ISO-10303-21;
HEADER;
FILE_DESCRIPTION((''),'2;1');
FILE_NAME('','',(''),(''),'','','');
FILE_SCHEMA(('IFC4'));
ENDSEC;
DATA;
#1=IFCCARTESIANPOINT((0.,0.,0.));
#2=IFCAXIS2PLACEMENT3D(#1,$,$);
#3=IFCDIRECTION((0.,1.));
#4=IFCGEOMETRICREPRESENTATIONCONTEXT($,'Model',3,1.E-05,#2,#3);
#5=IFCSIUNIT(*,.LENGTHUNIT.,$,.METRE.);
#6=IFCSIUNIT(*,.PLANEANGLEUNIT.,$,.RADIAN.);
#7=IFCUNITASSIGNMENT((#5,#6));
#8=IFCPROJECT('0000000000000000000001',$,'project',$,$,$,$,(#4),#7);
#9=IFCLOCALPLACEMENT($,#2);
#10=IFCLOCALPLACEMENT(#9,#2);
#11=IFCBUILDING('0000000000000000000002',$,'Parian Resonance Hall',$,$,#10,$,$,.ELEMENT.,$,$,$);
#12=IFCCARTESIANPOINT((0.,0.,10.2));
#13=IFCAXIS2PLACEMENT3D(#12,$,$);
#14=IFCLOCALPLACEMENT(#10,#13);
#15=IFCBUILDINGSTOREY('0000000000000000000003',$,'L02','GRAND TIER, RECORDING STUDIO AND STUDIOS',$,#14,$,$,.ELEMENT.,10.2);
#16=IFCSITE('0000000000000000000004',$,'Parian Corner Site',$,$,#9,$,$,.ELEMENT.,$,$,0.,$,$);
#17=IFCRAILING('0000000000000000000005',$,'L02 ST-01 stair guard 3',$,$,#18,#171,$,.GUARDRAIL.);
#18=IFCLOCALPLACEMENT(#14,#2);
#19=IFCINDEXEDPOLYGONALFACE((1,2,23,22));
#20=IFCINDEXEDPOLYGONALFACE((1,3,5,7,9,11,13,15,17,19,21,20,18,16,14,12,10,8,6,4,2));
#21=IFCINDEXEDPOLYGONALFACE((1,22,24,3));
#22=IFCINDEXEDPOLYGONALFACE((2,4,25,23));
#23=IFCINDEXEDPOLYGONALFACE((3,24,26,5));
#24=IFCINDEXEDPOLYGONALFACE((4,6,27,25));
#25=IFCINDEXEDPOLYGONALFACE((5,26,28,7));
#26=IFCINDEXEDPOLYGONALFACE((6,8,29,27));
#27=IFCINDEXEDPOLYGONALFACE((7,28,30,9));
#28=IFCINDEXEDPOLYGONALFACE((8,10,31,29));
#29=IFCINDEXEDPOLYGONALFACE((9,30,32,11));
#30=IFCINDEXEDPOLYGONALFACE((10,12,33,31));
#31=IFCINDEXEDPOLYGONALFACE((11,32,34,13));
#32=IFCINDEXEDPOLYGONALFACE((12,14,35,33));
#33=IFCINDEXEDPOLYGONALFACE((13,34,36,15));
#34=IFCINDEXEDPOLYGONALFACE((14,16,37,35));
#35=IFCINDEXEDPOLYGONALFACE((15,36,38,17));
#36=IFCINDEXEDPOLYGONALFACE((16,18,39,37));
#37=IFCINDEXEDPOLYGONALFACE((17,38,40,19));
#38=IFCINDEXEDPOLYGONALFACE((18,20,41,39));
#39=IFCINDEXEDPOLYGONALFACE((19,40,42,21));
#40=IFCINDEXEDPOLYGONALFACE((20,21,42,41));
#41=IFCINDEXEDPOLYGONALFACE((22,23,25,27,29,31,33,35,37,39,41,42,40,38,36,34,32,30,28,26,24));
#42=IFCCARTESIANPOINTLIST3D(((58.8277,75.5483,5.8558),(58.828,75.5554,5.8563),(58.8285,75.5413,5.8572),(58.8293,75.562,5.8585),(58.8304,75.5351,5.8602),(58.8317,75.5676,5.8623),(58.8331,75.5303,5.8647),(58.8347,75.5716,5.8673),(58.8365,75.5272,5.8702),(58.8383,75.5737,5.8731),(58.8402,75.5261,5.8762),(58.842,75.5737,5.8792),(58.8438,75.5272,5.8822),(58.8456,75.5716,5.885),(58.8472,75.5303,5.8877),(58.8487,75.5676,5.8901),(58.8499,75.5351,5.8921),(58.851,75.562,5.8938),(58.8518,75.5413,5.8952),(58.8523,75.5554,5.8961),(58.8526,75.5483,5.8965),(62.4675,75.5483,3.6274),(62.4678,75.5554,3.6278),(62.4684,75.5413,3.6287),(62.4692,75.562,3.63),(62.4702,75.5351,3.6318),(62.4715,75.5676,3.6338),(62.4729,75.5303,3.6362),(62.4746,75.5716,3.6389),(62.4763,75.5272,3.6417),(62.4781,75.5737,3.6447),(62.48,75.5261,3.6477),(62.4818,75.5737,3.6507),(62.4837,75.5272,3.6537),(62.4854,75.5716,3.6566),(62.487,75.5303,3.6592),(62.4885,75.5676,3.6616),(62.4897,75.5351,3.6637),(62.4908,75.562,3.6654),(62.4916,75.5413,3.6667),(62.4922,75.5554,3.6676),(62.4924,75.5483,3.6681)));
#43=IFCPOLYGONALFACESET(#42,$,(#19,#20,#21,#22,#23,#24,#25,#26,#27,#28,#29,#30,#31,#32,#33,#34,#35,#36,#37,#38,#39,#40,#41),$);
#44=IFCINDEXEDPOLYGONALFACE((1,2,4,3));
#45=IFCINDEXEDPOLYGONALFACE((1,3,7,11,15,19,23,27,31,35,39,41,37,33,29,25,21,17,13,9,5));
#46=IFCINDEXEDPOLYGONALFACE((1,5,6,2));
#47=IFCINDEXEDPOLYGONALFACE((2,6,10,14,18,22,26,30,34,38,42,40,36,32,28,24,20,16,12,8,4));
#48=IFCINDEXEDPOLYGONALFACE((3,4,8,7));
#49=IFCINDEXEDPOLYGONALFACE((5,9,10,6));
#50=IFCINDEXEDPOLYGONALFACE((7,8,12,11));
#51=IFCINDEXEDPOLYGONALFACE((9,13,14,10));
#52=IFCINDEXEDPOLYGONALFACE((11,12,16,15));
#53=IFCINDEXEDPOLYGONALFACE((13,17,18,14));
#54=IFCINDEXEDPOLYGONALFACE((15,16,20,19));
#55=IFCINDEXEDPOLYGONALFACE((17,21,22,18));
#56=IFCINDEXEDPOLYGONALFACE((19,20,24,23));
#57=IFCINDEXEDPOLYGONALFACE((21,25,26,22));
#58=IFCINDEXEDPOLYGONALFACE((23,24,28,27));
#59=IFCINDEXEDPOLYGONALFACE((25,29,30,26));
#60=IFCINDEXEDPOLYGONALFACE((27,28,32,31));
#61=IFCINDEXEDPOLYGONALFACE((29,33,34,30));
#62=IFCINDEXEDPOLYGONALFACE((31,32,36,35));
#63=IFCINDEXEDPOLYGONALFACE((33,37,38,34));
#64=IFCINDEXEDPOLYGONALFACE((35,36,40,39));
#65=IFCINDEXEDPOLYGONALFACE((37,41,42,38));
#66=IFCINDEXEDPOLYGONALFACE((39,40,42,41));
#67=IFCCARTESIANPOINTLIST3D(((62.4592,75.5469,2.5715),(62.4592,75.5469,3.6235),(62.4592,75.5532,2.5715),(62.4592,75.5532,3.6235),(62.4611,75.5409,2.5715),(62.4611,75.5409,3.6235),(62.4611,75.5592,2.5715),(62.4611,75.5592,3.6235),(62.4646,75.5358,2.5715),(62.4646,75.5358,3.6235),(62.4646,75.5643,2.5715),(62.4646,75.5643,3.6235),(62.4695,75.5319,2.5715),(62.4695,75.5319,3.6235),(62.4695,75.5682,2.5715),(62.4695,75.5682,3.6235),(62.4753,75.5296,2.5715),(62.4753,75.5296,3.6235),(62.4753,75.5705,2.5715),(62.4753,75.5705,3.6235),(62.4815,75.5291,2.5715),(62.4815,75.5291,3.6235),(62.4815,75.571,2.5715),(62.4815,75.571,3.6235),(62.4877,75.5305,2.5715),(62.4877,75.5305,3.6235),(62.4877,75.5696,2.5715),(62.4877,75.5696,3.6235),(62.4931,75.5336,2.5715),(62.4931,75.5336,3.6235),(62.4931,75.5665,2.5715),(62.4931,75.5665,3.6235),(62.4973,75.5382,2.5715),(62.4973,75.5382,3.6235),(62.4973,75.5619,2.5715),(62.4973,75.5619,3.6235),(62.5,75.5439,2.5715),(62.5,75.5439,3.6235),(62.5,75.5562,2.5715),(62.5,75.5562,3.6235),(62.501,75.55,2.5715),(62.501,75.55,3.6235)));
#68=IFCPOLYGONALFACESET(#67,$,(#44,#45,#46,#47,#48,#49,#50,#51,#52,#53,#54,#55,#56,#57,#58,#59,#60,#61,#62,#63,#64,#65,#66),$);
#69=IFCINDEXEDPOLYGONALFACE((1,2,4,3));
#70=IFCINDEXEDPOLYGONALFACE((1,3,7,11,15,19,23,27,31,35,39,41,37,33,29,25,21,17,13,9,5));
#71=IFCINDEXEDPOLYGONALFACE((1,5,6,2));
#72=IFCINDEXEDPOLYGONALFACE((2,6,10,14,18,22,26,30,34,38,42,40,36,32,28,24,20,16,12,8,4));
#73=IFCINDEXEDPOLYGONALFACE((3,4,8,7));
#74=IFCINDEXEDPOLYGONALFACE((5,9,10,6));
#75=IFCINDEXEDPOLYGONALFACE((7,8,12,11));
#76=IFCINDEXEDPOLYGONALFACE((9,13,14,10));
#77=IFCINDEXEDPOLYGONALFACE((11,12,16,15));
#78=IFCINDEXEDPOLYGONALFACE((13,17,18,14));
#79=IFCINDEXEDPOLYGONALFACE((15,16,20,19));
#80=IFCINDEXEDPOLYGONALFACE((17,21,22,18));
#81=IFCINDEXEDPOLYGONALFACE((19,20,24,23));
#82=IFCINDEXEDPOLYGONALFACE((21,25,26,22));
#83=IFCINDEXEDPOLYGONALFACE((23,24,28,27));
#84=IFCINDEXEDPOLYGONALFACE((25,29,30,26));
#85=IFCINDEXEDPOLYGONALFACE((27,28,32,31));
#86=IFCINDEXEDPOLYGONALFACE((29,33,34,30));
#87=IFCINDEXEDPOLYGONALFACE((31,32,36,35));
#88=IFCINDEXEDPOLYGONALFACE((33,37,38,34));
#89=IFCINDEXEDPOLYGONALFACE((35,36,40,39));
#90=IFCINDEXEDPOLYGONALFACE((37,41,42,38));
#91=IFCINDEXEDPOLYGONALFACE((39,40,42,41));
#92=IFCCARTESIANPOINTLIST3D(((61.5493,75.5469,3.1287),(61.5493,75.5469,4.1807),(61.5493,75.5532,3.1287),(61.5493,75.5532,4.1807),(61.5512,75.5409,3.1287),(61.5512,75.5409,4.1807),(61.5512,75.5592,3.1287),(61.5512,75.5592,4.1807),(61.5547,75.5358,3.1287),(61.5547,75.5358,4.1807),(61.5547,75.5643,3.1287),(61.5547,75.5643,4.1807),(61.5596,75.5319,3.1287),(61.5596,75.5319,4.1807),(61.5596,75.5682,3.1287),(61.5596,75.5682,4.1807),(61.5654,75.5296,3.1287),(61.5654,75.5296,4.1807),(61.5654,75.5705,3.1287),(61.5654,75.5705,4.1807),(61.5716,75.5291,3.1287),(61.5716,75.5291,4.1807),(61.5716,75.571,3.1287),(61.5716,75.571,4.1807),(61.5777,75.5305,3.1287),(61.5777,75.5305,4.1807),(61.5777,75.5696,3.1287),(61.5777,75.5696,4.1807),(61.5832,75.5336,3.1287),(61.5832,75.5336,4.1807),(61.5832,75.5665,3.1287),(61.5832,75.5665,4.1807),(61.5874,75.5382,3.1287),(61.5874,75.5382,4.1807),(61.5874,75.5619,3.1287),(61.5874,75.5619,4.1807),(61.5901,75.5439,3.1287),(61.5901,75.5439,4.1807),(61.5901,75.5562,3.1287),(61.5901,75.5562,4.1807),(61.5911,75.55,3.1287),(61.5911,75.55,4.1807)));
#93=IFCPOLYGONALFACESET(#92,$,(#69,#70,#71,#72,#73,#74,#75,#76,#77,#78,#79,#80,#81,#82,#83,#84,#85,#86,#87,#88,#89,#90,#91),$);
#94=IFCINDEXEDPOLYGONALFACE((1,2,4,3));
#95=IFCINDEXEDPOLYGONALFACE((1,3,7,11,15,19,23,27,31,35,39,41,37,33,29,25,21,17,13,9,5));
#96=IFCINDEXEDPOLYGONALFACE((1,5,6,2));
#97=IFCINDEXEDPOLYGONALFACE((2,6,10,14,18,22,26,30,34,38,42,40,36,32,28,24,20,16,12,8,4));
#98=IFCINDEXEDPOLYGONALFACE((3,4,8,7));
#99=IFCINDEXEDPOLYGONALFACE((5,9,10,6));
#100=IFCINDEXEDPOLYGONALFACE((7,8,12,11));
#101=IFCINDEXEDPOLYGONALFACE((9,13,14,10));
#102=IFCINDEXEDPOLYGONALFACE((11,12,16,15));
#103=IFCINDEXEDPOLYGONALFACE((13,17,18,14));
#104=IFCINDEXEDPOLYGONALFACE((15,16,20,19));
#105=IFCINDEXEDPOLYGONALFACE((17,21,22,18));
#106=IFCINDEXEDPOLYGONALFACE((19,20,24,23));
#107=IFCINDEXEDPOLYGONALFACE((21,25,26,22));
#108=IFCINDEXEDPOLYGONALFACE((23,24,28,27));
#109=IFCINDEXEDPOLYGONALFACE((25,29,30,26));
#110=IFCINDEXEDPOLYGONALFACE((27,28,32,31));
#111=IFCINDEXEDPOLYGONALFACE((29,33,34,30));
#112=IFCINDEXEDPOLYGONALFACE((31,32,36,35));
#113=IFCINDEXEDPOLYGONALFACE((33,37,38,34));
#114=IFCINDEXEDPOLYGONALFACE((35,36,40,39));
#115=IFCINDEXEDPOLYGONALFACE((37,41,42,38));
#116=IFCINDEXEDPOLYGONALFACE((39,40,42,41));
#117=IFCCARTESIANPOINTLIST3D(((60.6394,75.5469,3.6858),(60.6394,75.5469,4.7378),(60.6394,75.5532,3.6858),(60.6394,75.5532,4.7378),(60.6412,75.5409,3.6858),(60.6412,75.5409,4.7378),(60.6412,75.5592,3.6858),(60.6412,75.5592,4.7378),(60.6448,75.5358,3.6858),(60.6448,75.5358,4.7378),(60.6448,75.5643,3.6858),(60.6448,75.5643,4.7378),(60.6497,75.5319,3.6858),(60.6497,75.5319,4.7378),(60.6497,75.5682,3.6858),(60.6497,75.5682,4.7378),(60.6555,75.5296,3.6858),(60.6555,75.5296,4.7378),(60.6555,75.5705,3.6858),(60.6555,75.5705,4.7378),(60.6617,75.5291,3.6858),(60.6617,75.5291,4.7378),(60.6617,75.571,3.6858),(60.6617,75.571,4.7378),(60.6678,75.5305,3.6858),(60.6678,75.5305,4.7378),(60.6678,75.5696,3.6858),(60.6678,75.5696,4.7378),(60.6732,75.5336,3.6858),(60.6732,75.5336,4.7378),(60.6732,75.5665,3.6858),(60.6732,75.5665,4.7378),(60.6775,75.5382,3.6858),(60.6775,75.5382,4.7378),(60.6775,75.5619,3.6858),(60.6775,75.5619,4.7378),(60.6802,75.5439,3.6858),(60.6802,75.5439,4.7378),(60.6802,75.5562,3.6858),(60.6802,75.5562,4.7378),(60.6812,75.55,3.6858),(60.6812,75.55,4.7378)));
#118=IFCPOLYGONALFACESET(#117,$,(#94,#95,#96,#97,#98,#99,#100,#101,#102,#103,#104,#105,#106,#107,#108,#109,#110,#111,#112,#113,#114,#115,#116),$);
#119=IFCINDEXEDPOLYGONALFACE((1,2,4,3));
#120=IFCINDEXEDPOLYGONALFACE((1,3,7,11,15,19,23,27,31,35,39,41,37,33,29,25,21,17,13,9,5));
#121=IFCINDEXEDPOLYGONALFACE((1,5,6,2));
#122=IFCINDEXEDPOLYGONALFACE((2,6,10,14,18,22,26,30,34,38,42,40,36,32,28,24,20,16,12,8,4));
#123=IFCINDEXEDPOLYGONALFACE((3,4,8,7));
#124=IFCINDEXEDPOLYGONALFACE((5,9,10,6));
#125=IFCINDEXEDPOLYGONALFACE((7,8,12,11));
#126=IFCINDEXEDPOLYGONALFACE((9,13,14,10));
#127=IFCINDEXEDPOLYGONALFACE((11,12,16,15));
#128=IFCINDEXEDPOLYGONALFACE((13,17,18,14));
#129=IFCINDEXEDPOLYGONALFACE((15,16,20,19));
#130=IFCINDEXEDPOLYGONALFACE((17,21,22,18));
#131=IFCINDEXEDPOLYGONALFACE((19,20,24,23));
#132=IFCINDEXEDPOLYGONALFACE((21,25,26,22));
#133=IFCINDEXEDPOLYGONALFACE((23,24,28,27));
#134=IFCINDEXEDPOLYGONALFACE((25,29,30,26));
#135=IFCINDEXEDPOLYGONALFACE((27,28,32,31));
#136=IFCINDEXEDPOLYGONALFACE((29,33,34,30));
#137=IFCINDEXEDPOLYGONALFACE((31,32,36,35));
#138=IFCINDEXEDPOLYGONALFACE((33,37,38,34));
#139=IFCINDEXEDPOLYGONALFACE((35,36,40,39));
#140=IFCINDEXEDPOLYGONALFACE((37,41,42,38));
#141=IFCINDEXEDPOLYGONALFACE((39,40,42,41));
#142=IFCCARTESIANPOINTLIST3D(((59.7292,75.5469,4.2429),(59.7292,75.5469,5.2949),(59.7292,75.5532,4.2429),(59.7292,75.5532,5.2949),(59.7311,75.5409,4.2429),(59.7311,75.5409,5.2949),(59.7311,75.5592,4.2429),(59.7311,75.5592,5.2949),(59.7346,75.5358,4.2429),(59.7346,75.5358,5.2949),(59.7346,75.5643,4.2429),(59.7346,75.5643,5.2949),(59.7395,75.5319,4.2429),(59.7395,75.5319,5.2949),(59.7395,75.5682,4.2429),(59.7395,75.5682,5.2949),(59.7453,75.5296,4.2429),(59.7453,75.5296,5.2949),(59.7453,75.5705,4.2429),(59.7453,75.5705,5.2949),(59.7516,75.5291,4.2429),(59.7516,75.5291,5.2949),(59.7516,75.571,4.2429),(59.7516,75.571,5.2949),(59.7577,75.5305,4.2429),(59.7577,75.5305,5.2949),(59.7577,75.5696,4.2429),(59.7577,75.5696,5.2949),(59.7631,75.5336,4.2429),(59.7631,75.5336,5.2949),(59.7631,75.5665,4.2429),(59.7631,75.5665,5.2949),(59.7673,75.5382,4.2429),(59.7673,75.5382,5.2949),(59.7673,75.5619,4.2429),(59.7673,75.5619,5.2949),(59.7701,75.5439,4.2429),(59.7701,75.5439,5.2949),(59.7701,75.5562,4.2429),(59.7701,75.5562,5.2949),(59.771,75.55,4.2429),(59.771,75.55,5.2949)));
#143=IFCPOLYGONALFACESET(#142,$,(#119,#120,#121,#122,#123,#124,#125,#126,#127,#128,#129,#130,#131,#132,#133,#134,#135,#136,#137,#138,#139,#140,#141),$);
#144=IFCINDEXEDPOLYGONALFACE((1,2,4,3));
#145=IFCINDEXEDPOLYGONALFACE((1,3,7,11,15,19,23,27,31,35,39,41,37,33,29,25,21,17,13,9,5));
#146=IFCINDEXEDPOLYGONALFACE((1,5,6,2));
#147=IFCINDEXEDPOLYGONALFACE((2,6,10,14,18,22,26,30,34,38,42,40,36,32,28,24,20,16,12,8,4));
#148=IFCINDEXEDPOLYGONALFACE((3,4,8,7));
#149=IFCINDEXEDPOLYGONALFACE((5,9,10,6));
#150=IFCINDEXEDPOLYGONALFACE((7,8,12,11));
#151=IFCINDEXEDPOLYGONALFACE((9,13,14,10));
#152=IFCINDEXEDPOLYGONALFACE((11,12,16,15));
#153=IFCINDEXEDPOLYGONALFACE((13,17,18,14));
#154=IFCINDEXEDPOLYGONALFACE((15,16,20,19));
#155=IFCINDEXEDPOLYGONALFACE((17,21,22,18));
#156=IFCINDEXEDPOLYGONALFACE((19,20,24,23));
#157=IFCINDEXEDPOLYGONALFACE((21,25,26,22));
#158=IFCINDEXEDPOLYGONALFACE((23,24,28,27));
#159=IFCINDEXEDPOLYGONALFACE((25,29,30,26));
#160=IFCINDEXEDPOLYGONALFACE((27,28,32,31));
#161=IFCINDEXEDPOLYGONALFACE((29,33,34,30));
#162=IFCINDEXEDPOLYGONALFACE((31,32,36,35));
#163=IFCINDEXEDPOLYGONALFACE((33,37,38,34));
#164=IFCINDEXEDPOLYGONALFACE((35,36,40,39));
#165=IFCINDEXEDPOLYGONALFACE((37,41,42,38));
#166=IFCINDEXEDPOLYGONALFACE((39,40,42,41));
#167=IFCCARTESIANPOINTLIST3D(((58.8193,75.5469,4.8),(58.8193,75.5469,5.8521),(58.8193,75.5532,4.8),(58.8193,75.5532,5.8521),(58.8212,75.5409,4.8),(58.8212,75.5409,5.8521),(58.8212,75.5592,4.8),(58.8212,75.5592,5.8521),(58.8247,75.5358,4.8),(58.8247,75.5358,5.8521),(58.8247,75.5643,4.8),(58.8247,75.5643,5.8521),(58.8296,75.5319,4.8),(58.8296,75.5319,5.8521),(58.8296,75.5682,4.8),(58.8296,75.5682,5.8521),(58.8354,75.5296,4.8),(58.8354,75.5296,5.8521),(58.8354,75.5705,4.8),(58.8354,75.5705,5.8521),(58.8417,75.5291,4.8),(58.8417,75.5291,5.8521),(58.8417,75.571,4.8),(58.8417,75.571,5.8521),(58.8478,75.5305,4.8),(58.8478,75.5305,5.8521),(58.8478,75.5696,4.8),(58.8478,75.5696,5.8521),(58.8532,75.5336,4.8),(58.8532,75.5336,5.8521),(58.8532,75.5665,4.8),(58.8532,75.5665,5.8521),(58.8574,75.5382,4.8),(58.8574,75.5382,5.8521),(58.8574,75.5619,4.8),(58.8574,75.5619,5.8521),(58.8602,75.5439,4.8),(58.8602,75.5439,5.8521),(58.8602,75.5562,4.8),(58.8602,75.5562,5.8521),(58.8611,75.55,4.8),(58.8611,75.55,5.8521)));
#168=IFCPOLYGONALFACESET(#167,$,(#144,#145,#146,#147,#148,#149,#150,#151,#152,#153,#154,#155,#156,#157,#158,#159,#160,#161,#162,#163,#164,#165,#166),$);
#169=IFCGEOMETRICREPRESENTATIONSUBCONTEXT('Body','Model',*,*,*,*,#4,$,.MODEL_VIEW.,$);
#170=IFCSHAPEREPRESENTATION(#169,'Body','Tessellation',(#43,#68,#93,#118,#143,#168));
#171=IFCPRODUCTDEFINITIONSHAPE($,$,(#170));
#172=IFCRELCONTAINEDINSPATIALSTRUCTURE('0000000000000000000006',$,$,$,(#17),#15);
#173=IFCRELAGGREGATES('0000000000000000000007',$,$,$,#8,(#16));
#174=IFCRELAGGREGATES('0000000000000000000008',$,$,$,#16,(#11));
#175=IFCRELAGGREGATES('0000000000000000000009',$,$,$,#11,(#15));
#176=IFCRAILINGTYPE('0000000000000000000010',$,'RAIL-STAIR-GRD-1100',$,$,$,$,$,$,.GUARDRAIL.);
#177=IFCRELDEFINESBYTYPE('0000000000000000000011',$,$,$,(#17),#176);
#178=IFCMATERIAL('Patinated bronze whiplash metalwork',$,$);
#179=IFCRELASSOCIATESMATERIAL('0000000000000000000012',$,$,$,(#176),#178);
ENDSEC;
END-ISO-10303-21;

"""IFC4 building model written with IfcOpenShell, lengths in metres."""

from ifc_helpers import new_model, si_unit, direction, frame, origin, origin_2d, place, context, subcontext, project, spatial, circle, extrude, material, type_object, element, save


model = new_model("IFC4")

# Units and contexts
model_context = context("Model", 3, precision=1e-05, world=origin(), true_north=direction((0.0, 1.0)))
body_context = subcontext(model_context, "Body", "Model", "MODEL_VIEW")
ifc_project = project(units=[si_unit("LENGTHUNIT", "METRE"), si_unit("PLANEANGLEUNIT", "RADIAN")], contexts=[model_context])

# Site, building, storey
site_placement = place(None, origin())
site = spatial("IfcSite", under=ifc_project, at=site_placement, Name="Parian Corner Site", CompositionType="ELEMENT", RefElevation=0.0)
building_placement = place(site_placement, origin())
building = spatial("IfcBuilding", under=site, at=building_placement, Name="Parian Resonance Hall", CompositionType="ELEMENT")
storey_placement = place(building_placement, frame((0.0, 0.0, 10.2)))
storey = spatial("IfcBuildingStorey", under=building, at=storey_placement, Name="L02", Description="GRAND TIER, RECORDING STUDIO AND STUDIOS", CompositionType="ELEMENT", Elevation=10.2)

# Railing
ifc_material_1 = material(Name="Patinated bronze whiplash metalwork")
railing_type_1 = type_object("IfcRailingType", Name="RAIL-STAIR-GRD-1100", PredefinedType="GUARDRAIL", material=ifc_material_1)
railing_1_placement = place(storey_placement, frame((62.48, 75.55, 2.5715)))
element("IfcRailing", 1, at=railing_1_placement, inside=storey, type_object=railing_type_1, Name="L02 ST-01 stair guard 3", PredefinedType="GUARDRAIL", context=body_context, shape_type="SweptSolid", body=[
    extrude(circle(Radius=0.0239, at=origin_2d()), frame((0.0, 0.0, 1.0762), z_axis=(-0.85285, 0.0, 0.522156), x_axis=(0.0, -1.0, 0.0)), (0.0, 0.0, 1.0), 4.2678),
    extrude(circle(Radius=0.021, at=origin_2d()), origin(), (0.0, 0.0, 1.0), 1.052),
    extrude(circle(Radius=0.021, at=origin_2d()), frame((-0.9099, 0.0, 0.5571)), (0.0, 0.0, 1.0), 1.052),
    extrude(circle(Radius=0.021, at=origin_2d()), frame((-1.8198, 0.0, 1.1143)), (0.0, 0.0, 1.0), 1.052),
    extrude(circle(Radius=0.021, at=origin_2d()), frame((-2.73, 0.0, 1.6714)), (0.0, 0.0, 1.0), 1.052),
    extrude(circle(Radius=0.021, at=origin_2d()), frame((-3.6399, 0.0, 2.2285)), (0.0, 0.0, 1.0), 1.052),
])

save(model, "model.ifc")
